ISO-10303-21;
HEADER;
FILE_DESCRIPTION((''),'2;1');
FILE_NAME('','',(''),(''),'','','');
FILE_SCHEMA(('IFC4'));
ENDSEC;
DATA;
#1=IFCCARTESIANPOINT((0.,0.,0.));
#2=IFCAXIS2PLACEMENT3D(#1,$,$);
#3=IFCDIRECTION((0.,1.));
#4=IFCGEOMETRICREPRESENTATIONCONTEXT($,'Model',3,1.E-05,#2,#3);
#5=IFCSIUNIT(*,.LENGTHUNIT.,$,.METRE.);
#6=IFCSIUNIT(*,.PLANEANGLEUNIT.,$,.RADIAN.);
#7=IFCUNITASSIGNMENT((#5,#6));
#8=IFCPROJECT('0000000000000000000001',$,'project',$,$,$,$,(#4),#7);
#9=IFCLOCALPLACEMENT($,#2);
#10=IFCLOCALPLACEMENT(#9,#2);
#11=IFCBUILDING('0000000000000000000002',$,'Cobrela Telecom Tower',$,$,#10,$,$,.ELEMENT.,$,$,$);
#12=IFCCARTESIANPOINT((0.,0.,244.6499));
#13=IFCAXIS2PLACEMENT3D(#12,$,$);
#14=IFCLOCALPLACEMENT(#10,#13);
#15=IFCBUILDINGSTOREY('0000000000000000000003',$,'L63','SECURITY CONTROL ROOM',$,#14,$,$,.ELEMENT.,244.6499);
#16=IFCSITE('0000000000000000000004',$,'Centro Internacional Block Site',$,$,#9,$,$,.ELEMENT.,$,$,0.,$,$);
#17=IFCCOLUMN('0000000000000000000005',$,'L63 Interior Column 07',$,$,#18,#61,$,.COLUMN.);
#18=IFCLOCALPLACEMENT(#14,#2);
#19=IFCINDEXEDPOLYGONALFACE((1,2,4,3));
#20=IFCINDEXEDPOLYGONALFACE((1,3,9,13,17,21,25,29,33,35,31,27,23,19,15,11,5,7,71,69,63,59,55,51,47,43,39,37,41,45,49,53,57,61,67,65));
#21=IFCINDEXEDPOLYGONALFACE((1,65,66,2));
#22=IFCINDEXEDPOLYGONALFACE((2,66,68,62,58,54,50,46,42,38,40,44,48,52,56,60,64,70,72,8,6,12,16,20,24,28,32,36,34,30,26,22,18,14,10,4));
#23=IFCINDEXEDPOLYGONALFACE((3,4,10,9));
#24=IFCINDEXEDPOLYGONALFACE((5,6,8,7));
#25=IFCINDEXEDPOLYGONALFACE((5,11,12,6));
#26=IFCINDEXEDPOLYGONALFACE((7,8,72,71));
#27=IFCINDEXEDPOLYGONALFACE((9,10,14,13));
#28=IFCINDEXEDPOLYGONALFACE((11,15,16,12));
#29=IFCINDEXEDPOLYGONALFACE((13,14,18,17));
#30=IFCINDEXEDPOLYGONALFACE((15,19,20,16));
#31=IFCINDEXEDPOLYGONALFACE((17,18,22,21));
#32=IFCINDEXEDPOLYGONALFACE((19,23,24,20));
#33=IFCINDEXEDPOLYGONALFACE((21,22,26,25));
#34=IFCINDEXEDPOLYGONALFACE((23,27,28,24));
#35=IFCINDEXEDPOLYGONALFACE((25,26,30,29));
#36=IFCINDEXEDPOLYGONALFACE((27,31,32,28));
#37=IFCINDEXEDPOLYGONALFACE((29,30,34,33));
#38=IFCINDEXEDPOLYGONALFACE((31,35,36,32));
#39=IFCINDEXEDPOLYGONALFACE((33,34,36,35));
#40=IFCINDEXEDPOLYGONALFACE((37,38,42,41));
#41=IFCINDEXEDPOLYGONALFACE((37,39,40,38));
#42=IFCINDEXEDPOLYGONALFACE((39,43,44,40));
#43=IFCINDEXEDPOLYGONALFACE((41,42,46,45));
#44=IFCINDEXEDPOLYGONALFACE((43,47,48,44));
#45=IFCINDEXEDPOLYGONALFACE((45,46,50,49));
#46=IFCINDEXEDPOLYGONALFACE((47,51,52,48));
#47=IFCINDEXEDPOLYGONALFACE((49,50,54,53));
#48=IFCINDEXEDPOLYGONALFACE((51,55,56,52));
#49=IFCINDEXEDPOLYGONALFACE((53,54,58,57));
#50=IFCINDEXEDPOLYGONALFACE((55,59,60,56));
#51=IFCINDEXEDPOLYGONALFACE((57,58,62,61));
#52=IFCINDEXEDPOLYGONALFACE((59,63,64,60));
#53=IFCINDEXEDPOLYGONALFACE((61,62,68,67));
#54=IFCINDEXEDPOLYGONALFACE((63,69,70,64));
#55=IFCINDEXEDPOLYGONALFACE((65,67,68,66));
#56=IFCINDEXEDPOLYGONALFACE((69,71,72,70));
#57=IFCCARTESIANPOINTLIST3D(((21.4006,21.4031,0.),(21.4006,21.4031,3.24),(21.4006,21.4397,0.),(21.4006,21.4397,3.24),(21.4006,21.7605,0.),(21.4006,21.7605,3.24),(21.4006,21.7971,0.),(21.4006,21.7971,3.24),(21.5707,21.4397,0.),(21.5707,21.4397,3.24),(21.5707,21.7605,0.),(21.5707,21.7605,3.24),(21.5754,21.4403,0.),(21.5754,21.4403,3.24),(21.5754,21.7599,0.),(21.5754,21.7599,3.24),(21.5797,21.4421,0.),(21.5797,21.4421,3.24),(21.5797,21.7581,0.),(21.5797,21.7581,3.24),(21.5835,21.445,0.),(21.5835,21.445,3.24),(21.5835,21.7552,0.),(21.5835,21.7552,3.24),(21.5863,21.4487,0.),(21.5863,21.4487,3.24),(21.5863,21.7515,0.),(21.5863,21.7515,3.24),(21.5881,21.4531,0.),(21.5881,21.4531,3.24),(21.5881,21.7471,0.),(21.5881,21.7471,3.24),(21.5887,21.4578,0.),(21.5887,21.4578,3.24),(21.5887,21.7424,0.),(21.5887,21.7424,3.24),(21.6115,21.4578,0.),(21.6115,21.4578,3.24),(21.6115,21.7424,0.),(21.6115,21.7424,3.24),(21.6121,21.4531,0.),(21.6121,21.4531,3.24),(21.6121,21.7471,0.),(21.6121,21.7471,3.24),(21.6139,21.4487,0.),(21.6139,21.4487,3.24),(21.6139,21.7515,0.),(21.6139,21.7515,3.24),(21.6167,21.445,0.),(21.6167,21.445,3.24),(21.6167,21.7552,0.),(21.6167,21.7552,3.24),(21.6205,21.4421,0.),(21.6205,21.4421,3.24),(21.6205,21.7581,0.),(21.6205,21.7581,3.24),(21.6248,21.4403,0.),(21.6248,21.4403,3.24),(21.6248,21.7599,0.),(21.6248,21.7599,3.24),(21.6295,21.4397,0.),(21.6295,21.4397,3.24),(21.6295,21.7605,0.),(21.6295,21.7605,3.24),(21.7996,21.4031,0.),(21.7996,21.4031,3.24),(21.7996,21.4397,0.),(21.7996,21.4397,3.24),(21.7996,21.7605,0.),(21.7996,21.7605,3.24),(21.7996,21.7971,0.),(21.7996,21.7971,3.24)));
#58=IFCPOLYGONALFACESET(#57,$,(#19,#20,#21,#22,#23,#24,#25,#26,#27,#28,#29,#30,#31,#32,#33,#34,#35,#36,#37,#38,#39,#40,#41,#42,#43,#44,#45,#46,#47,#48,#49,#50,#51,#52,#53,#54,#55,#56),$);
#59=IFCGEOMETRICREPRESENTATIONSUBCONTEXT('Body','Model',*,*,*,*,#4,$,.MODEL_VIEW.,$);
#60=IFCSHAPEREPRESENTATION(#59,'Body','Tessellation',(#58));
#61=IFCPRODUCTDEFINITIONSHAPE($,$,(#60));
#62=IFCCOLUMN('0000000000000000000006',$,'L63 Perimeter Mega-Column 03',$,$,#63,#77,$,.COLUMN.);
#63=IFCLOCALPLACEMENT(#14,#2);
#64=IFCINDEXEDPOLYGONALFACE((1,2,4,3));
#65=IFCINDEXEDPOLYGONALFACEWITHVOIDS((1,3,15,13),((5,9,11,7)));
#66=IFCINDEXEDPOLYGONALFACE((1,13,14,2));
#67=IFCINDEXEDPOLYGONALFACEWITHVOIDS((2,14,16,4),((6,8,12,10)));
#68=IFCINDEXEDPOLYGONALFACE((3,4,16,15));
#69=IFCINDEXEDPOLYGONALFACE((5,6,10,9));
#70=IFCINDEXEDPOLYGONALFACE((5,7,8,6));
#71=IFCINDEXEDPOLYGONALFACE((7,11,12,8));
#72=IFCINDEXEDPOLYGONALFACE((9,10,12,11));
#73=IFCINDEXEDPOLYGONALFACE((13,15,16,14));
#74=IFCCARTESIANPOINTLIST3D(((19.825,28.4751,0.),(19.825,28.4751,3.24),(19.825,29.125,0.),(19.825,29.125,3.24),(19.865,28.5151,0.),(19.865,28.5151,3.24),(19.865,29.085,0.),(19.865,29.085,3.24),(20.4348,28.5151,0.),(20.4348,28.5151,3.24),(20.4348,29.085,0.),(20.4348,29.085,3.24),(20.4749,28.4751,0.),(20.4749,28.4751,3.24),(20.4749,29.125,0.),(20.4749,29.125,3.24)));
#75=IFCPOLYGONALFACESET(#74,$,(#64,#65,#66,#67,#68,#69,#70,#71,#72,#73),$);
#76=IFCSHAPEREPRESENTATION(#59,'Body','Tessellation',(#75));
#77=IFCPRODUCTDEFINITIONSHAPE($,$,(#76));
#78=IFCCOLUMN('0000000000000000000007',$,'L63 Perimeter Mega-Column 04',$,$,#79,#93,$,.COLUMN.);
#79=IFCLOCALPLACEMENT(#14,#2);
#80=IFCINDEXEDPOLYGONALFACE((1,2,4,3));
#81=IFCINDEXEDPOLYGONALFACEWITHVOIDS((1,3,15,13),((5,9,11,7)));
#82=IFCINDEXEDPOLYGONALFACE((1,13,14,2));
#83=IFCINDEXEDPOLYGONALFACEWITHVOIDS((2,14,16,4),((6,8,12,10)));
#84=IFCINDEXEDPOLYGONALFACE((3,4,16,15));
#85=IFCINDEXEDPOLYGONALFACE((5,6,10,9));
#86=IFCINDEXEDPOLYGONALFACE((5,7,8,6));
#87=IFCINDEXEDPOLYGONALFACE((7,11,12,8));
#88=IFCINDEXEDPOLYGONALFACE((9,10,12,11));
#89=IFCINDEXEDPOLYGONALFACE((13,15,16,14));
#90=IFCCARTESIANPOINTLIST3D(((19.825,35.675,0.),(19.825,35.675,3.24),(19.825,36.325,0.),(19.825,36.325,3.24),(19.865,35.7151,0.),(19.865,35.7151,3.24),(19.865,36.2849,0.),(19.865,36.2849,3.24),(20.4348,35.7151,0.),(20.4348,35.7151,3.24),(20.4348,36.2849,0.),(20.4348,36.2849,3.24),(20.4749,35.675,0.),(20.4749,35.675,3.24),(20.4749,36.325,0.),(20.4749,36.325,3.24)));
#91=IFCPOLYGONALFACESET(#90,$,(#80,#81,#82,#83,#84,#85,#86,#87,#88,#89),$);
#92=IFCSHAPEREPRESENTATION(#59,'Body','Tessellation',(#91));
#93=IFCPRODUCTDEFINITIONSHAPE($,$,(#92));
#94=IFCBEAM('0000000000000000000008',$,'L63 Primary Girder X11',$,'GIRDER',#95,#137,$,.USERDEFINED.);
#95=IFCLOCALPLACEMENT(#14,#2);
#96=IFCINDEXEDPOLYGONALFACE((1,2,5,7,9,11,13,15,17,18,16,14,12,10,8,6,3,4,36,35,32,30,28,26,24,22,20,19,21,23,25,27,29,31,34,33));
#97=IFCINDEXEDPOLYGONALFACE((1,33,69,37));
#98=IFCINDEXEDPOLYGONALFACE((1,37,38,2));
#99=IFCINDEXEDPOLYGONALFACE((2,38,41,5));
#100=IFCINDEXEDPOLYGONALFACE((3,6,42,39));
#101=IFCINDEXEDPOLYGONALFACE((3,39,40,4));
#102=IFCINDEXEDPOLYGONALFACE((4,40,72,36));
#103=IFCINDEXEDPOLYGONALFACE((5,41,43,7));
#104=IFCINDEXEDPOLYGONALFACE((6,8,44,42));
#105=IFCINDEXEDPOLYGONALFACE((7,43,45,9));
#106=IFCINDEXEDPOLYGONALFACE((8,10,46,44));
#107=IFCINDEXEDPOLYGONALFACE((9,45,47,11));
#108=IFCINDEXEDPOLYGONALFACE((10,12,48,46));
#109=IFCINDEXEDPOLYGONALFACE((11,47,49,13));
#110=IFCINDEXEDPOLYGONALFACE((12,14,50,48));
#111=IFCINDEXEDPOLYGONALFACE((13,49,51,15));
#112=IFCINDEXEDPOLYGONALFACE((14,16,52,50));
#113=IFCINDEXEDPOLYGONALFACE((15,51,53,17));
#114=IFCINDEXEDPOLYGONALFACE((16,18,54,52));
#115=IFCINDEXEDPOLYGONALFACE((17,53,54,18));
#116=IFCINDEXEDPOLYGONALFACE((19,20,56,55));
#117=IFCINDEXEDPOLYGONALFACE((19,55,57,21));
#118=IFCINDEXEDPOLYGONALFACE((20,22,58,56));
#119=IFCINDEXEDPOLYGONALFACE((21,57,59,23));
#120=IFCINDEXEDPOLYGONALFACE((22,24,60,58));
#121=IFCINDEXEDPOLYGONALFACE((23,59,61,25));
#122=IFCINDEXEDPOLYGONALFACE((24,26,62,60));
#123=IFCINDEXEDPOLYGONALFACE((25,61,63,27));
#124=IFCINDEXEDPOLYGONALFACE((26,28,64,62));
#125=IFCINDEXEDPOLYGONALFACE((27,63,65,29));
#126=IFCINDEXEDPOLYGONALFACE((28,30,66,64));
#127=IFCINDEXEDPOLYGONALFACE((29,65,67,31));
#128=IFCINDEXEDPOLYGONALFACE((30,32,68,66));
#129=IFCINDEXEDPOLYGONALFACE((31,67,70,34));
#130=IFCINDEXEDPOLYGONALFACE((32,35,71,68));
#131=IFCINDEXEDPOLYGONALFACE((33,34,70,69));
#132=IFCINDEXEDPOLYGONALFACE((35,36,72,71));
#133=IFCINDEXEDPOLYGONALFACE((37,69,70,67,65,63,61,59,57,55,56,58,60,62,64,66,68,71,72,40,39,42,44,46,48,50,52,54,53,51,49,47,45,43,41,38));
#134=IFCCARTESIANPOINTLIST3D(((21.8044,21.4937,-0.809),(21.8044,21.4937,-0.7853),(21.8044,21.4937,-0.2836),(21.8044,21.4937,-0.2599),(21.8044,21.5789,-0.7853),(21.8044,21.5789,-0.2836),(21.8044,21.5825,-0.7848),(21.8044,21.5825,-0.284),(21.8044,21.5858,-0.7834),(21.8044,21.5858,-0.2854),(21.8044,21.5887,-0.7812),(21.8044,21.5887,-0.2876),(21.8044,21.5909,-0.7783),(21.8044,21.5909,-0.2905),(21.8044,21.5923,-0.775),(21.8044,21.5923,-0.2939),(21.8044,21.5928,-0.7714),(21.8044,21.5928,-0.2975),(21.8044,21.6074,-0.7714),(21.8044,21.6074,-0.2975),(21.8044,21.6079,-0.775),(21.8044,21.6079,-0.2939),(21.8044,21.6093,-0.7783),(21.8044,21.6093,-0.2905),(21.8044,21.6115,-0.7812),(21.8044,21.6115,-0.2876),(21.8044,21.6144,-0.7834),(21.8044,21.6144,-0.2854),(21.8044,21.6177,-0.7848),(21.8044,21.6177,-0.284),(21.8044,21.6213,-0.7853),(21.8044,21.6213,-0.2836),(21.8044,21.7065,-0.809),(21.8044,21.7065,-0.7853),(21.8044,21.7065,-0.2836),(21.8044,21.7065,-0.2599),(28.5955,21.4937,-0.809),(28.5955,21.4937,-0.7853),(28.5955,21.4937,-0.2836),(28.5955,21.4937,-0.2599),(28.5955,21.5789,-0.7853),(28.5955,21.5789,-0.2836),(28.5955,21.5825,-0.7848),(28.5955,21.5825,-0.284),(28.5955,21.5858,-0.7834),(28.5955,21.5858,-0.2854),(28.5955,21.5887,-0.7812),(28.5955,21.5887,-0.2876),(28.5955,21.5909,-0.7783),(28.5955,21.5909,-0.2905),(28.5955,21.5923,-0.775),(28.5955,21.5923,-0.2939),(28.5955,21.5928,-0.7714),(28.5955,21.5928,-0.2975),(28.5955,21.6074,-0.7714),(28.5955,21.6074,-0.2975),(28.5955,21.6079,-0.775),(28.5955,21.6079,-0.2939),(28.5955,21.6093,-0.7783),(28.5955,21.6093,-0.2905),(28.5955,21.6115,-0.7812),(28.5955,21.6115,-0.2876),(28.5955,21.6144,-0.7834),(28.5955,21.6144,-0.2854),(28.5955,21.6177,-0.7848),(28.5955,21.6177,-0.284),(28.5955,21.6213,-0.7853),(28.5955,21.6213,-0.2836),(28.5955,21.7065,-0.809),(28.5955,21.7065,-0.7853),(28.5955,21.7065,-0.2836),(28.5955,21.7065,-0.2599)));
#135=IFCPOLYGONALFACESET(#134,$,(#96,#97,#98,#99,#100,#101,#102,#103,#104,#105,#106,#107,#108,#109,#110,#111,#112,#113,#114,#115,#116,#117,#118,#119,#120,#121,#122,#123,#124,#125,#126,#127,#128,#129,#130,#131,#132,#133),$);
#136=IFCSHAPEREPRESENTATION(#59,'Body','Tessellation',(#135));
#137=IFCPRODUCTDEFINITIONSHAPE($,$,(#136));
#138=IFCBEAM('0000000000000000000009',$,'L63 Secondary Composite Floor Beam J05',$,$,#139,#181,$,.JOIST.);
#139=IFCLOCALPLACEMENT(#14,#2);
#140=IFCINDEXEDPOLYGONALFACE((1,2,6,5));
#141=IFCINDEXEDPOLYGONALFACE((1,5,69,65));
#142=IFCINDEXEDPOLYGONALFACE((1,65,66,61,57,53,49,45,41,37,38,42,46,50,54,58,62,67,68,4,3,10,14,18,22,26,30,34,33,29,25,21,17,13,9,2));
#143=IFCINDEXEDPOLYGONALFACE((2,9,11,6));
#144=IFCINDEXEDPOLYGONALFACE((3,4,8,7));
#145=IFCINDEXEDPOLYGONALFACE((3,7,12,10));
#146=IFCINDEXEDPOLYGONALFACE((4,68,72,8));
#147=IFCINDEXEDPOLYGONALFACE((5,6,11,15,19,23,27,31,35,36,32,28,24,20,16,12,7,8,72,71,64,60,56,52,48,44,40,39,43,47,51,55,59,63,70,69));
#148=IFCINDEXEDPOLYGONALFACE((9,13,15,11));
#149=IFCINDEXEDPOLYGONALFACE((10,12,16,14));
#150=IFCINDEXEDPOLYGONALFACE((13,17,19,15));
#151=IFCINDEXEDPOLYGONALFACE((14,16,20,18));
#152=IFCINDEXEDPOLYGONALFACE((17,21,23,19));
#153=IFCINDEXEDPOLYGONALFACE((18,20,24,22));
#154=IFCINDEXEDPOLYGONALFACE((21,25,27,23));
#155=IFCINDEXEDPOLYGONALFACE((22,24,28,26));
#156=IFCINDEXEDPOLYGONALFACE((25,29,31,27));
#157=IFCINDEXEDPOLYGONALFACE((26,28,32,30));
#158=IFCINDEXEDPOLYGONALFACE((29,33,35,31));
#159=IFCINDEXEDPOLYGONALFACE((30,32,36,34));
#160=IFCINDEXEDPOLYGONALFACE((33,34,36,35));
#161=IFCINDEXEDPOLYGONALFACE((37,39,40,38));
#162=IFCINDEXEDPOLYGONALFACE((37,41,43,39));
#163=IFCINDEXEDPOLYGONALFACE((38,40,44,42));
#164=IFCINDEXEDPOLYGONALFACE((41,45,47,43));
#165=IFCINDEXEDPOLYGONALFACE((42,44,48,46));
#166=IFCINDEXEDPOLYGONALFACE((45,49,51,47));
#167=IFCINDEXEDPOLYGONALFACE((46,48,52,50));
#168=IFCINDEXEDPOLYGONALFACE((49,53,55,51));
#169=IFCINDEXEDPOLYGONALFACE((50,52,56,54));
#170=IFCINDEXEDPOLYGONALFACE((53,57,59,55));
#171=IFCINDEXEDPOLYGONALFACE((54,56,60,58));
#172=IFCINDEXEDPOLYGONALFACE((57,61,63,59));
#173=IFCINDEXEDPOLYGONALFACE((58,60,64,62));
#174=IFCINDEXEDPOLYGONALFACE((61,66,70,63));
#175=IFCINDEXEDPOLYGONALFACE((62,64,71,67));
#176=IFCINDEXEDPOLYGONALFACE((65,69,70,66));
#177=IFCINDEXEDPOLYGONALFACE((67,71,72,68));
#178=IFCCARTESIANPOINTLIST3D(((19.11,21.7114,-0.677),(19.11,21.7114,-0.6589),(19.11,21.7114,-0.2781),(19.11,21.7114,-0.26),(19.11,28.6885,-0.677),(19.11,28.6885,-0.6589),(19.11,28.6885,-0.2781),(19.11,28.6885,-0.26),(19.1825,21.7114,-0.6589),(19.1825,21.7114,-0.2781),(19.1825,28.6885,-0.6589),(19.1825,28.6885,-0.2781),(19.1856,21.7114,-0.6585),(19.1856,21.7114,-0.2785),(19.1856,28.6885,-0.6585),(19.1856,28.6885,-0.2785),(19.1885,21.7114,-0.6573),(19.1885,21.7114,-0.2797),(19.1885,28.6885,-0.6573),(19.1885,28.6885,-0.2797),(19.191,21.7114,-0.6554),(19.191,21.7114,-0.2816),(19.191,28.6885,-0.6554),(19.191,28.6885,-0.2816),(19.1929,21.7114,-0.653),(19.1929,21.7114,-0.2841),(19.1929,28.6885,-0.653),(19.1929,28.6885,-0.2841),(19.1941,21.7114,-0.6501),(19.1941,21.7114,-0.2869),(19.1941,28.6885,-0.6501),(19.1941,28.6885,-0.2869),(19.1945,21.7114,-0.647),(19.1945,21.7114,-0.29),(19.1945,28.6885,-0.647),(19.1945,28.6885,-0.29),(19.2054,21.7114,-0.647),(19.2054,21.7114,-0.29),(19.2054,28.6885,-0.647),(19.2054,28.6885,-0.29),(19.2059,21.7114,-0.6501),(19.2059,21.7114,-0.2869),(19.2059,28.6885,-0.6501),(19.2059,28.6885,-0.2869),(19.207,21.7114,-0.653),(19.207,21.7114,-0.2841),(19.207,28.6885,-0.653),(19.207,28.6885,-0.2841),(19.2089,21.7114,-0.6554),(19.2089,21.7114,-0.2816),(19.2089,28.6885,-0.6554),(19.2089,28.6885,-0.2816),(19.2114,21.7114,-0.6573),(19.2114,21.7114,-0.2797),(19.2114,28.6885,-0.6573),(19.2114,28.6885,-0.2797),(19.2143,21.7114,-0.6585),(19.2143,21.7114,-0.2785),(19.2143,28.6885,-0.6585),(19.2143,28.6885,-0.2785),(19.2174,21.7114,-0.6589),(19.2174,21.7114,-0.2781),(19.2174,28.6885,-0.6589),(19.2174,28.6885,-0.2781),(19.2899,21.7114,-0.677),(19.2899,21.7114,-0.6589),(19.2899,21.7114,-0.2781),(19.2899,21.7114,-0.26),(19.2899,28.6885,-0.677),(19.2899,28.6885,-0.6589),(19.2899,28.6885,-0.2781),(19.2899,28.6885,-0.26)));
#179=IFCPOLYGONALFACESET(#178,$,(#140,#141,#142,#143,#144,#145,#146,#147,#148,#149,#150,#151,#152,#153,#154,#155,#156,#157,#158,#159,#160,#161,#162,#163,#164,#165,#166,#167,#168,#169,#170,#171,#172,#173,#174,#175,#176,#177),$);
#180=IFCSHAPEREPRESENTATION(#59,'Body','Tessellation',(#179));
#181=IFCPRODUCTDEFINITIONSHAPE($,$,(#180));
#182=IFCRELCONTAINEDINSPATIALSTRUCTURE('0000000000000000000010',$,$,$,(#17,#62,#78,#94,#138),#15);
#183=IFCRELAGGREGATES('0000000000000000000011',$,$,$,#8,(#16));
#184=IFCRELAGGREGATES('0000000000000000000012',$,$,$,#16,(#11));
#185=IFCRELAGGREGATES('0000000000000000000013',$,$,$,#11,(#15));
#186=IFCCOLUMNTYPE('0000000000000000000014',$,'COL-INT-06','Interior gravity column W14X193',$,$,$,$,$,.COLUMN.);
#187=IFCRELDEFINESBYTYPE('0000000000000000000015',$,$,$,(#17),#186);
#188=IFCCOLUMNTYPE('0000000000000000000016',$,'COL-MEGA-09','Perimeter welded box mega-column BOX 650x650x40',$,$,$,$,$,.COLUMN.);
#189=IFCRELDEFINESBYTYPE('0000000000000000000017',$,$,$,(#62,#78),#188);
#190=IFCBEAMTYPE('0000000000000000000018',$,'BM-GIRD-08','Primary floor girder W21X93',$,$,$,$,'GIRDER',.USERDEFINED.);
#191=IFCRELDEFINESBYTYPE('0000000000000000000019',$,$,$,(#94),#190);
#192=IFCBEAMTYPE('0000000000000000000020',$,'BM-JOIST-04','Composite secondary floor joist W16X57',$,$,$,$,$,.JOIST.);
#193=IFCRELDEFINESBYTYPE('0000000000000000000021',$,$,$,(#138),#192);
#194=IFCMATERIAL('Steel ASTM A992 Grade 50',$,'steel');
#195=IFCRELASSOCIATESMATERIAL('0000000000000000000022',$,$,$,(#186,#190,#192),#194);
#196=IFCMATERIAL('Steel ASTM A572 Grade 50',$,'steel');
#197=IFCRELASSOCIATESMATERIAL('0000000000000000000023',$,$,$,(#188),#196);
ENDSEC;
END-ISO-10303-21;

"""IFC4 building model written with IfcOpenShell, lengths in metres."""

from ifc_helpers import new_model, si_unit, direction, frame, origin, origin_2d, place, context, subcontext, project, spatial, hollow_rectangle, i_section, extrude, material, material_profile, profile_set, type_object, element, save


model = new_model("IFC4")

# Units and contexts
model_context = context("Model", 3, precision=1e-05, world=origin(), true_north=direction((0.0, 1.0)))
body_context = subcontext(model_context, "Body", "Model", "MODEL_VIEW")
ifc_project = project(units=[si_unit("LENGTHUNIT", "METRE"), si_unit("PLANEANGLEUNIT", "RADIAN")], contexts=[model_context])

# Site, building, storey
site_placement = place(None, origin())
site = spatial("IfcSite", under=ifc_project, at=site_placement, Name="Centro Internacional Block Site", CompositionType="ELEMENT", RefElevation=0.0)
building_placement = place(site_placement, origin())
building = spatial("IfcBuilding", under=site, at=building_placement, Name="Cobrela Telecom Tower", CompositionType="ELEMENT")
storey_placement = place(building_placement, frame((0.0, 0.0, 244.6499)))
storey = spatial("IfcBuildingStorey", under=building, at=storey_placement, Name="L63", Description="SECURITY CONTROL ROOM", CompositionType="ELEMENT", Elevation=244.6499)

# Columns
ifc_material_1 = material(Name="Steel ASTM A992 Grade 50", Category="steel")
ifc_material_profile_1 = material_profile(ifc_material_1, i_section(OverallWidth=0.3989, OverallDepth=0.394, WebThickness=0.0227, FlangeThickness=0.0366, FilletRadius=0.0181, at=origin_2d()), Name="W14X193")
ifc_profile_set_1 = profile_set([ifc_material_profile_1], Name="Steel ASTM A992 Grade 50")
column_type_1 = type_object("IfcColumnType", Name="COL-INT-06", Description="Interior gravity column W14X193", PredefinedType="COLUMN", material=ifc_profile_set_1)
column_placement = place(storey_placement, frame((21.6001, 21.6001, 0.0), z_axis=(0.0, 0.0, 1.0), x_axis=(1.0, 0.0, 0.0)))
element("IfcColumn", 1, at=column_placement, inside=storey, type_object=column_type_1, Name="L63 Interior Column 07", PredefinedType="COLUMN", context=body_context, shape_type="SweptSolid", body=[
    extrude(i_section(OverallWidth=0.3989, OverallDepth=0.394, WebThickness=0.0227, FlangeThickness=0.0366, FilletRadius=0.0181, at=origin_2d()), origin(), (0.0, 0.0, 1.0), 3.24),
])
ifc_material_2 = material(Name="Steel ASTM A572 Grade 50", Category="steel")
ifc_material_profile_2 = material_profile(ifc_material_2, hollow_rectangle(XDim=0.6499, YDim=0.6499, WallThickness=0.04, at=origin_2d()), Name="BOX 650x650x40")
ifc_profile_set_2 = profile_set([ifc_material_profile_2], Name="Steel ASTM A572 Grade 50")
column_type_2 = type_object("IfcColumnType", Name="COL-MEGA-09", Description="Perimeter welded box mega-column BOX 650x650x40", PredefinedType="COLUMN", material=ifc_profile_set_2)
for number, where, z_axis, x_axis, name in (
    (2, (20.1499, 28.8, 0.0), (0.0, 0.0, 1.0), (1.0, 0.0, 0.0), "L63 Perimeter Mega-Column 03"),
    (3, (20.1499, 36.0, 0.0), (0.0, 0.0, 1.0), (1.0, 0.0, 0.0), "L63 Perimeter Mega-Column 04"),
):
    element("IfcColumn", number, at=place(storey_placement, frame(where, z_axis=z_axis, x_axis=x_axis)), inside=storey, type_object=column_type_2, Name=name, PredefinedType="COLUMN", context=body_context, shape_type="SweptSolid", body=[
        extrude(hollow_rectangle(XDim=0.6499, YDim=0.6499, WallThickness=0.04, at=origin_2d()), origin(), (0.0, 0.0, 1.0), 3.24),
    ])

# Beams
ifc_material_profile_3 = material_profile(ifc_material_1, i_section(OverallWidth=0.2129, OverallDepth=0.5491, WebThickness=0.0146, FlangeThickness=0.0237, FilletRadius=0.0139, at=origin_2d()), Name="W21X93")
ifc_profile_set_3 = profile_set([ifc_material_profile_3], Name="Steel ASTM A992 Grade 50")
beam_type_1 = type_object("IfcBeamType", Name="BM-GIRD-08", Description="Primary floor girder W21X93", ElementType="GIRDER", PredefinedType="USERDEFINED", material=ifc_profile_set_3)
beam_1_placement = place(storey_placement, frame((21.8044, 21.6001, -0.5344), z_axis=(1.0, 0.0, 0.0), x_axis=(0.0, 1.0, 0.0)))
element("IfcBeam", 4, at=beam_1_placement, inside=storey, type_object=beam_type_1, Name="L63 Primary Girder X11", ObjectType="GIRDER", PredefinedType="USERDEFINED", context=body_context, shape_type="SweptSolid", body=[
    extrude(i_section(OverallWidth=0.2129, OverallDepth=0.5491, WebThickness=0.0146, FlangeThickness=0.0237, FilletRadius=0.0139, at=origin_2d()), origin(), (0.0, 0.0, 1.0), 6.791),
])
ifc_material_profile_4 = material_profile(ifc_material_1, i_section(OverallWidth=0.1799, OverallDepth=0.417, WebThickness=0.011, FlangeThickness=0.0181, FilletRadius=0.012, at=origin_2d()), Name="W16X57")
ifc_profile_set_4 = profile_set([ifc_material_profile_4], Name="Steel ASTM A992 Grade 50")
beam_type_2 = type_object("IfcBeamType", Name="BM-JOIST-04", Description="Composite secondary floor joist W16X57", PredefinedType="JOIST", material=ifc_profile_set_4)
beam_2_placement = place(storey_placement, frame((19.2, 21.7114, -0.4685), z_axis=(0.0, 1.0, 0.0), x_axis=(-1.0, 0.0, 0.0)))
element("IfcBeam", 5, at=beam_2_placement, inside=storey, type_object=beam_type_2, Name="L63 Secondary Composite Floor Beam J05", PredefinedType="JOIST", context=body_context, shape_type="SweptSolid", body=[
    extrude(i_section(OverallWidth=0.1799, OverallDepth=0.417, WebThickness=0.011, FlangeThickness=0.0181, FilletRadius=0.012, at=origin_2d()), origin(), (0.0, 0.0, 1.0), 6.9771),
])

save(model, "model.ifc")
